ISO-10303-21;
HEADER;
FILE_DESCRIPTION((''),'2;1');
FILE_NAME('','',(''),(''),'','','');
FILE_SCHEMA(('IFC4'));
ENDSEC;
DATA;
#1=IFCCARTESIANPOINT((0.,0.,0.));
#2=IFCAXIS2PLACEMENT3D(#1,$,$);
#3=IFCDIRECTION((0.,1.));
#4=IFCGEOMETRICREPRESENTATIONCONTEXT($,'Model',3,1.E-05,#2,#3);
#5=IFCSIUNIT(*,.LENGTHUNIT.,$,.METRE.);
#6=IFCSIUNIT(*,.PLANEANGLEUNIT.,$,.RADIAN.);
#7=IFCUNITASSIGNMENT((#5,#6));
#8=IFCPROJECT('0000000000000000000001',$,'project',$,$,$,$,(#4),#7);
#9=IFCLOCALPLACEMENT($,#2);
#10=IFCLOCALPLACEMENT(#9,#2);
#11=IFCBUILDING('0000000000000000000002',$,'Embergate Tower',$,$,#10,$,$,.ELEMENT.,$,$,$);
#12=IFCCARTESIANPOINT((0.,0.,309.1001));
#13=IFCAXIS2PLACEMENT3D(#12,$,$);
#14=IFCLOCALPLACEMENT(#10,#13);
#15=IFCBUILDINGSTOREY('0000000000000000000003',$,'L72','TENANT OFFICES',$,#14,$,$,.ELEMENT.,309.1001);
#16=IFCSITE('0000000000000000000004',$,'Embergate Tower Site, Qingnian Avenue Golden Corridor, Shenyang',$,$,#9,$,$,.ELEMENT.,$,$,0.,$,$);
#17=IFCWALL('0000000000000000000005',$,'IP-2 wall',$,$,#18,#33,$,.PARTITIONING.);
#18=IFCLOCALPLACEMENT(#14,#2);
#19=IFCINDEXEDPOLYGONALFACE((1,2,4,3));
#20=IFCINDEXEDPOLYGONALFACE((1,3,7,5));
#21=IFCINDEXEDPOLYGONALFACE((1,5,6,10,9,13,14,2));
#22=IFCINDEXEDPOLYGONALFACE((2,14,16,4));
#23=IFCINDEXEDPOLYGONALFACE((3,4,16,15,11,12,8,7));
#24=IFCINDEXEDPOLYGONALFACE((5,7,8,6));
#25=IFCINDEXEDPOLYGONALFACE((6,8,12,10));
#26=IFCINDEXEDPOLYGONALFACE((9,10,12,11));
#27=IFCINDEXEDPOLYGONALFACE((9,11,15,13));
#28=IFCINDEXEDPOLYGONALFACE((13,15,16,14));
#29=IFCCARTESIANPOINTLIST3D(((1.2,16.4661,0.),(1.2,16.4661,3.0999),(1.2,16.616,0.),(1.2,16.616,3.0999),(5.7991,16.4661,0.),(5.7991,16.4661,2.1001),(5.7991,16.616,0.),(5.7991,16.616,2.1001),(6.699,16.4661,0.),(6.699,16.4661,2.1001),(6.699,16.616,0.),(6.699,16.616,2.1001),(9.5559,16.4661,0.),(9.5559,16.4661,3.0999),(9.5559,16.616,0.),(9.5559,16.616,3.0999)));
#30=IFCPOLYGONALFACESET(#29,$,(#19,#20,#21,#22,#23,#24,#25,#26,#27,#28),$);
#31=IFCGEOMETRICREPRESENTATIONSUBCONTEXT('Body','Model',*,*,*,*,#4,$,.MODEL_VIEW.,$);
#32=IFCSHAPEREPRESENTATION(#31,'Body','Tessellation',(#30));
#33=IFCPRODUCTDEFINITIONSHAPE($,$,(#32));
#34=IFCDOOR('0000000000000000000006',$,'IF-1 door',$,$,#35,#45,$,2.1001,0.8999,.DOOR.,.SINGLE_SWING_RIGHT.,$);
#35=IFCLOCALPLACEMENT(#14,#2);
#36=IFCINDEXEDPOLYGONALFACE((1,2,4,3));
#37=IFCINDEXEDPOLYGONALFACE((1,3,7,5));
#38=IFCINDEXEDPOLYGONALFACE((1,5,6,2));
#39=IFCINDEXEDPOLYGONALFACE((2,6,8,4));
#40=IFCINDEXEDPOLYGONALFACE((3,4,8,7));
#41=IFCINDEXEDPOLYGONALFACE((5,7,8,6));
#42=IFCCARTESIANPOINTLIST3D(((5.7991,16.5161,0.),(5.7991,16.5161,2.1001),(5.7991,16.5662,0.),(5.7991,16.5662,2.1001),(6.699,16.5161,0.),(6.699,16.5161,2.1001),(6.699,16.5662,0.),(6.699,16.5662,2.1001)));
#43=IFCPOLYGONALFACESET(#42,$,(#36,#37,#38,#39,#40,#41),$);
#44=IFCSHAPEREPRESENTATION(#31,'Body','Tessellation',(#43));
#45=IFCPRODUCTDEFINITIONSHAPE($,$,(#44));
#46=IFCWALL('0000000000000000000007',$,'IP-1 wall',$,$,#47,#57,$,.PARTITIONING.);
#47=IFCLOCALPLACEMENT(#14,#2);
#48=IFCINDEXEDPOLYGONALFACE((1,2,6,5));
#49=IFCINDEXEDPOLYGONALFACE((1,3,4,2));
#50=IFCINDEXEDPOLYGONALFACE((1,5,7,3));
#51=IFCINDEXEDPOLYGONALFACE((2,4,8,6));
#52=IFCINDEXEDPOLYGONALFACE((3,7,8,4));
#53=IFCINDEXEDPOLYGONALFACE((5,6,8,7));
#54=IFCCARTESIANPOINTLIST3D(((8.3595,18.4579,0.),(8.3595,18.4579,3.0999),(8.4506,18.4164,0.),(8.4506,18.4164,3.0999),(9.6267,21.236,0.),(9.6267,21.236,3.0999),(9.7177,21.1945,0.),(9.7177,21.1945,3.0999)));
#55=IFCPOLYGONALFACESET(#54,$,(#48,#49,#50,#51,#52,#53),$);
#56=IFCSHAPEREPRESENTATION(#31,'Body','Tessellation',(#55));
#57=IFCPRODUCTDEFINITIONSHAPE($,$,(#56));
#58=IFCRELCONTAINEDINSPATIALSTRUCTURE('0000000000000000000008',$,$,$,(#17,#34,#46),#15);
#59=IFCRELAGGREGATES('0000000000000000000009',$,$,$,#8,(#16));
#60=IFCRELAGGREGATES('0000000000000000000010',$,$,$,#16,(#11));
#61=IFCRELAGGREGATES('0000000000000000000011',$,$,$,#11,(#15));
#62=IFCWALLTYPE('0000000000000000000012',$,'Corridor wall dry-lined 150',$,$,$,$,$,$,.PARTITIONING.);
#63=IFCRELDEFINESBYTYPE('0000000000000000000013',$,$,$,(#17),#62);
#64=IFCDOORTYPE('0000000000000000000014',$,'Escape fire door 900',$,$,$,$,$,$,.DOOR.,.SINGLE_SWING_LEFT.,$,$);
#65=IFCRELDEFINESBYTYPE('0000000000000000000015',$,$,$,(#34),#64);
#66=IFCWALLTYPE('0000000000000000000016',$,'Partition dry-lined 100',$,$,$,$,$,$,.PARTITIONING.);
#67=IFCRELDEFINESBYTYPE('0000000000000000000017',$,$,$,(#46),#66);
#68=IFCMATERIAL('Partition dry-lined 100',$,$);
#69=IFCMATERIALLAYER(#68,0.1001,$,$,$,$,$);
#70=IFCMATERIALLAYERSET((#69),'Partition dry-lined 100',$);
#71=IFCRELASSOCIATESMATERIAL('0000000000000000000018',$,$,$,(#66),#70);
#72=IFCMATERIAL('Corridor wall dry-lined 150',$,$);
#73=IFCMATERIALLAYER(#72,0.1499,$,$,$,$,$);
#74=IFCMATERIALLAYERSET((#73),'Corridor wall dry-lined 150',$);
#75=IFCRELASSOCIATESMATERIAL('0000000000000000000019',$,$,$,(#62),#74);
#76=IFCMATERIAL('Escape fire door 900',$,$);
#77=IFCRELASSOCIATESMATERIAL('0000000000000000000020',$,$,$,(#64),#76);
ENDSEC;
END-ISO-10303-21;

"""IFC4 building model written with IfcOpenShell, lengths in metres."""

from ifc_helpers import new_model, si_unit, direction, frame, frame_2d, origin, place, context, subcontext, project, spatial, rectangle, extrude, source, transform, mapped, material, layer, layer_set, type_object, element, fill, save


model = new_model("IFC4")

# Units and contexts
model_context = context("Model", 3, precision=1e-05, world=origin(), true_north=direction((0.0, 1.0)))
body_context = subcontext(model_context, "Body", "Model", "MODEL_VIEW")
ifc_project = project(units=[si_unit("LENGTHUNIT", "METRE"), si_unit("PLANEANGLEUNIT", "RADIAN")], contexts=[model_context])

# Site, building, storey
site_placement = place(None, origin())
site = spatial("IfcSite", under=ifc_project, at=site_placement, Name="Embergate Tower Site, Qingnian Avenue Golden Corridor, Shenyang", CompositionType="ELEMENT", RefElevation=0.0)
building_placement = place(site_placement, origin())
building = spatial("IfcBuilding", under=site, at=building_placement, Name="Embergate Tower", CompositionType="ELEMENT")
storey_placement = place(building_placement, frame((0.0, 0.0, 309.1001)))
storey = spatial("IfcBuildingStorey", under=building, at=storey_placement, Name="L72", Description="TENANT OFFICES", CompositionType="ELEMENT", Elevation=309.1001)

# Shared definitions
ifc_material_1 = material(Name="Partition dry-lined 100")
ifc_layer_1 = layer(ifc_material_1, 0.1001)
ifc_layer_set_1 = layer_set([ifc_layer_1], Name="Partition dry-lined 100")
wall_type_1 = type_object("IfcWallType", Name="Partition dry-lined 100", PredefinedType="PARTITIONING", material=ifc_layer_set_1)

# Shared definitions
ifc_material_2 = material(Name="Corridor wall dry-lined 150")
ifc_layer_2 = layer(ifc_material_2, 0.1499)
ifc_layer_set_2 = layer_set([ifc_layer_2], Name="Corridor wall dry-lined 150")
wall_type_2 = type_object("IfcWallType", Name="Corridor wall dry-lined 150", PredefinedType="PARTITIONING", material=ifc_layer_set_2)
shared_shape_1 = source(origin(), body_context, "Body", "SweptSolid", [
    extrude(rectangle(XDim=0.8999, YDim=2.1001, at=frame_2d((0.45, 1.05))), frame((0.0, 0.085, 0.0), z_axis=(0.0, -1.0, 0.0), x_axis=(1.0, 0.0, 0.0)), (0.0, 0.0, 1.0), 0.1699),
])
ifc_material_3 = material(Name="Escape fire door 900")
door_type_1 = type_object("IfcDoorType", Name="Escape fire door 900", OperationType="SINGLE_SWING_LEFT", PredefinedType="DOOR", material=ifc_material_3)
shared_shape_2 = source(origin(), body_context, "Body", "SweptSolid", [
    extrude(rectangle(XDim=0.8999, YDim=2.1001, at=frame_2d((0.45, 1.05))), frame((0.0, 0.0249, 0.0), z_axis=(0.0, -1.0, 0.0), x_axis=(1.0, 0.0, 0.0)), (0.0, 0.0, 1.0), 0.05),
])

# Wall, opening, door
shared_shape_3 = source(origin(), body_context, "Body", "SweptSolid", [
    extrude(rectangle(XDim=8.356, YDim=0.1499, at=frame_2d((4.178, 0.0))), origin(), (0.0, 0.0, 1.0), 3.0999),
])
wall_1_placement = place(storey_placement, frame((9.5559, 16.541, 0.0), z_axis=(0.0, 0.0, 1.0), x_axis=(-1.0, 0.0, 0.0)))
wall_1 = element("IfcWall", 1, at=wall_1_placement, inside=storey, type_object=wall_type_2, Name="IP-2 wall", PredefinedType="PARTITIONING", context=body_context, shape_type="MappedRepresentation", body=[
    mapped(shared_shape_3, transform((0.0, 0.0, 0.0))),
])
opening_1_placement = place(wall_1_placement, frame((2.8569, 0.0, 0.0)))
opening_1 = element("IfcOpeningElement", 2, at=opening_1_placement, cuts=wall_1, PredefinedType="OPENING", context=body_context, shape_type="MappedRepresentation", body=[
    mapped(shared_shape_1, transform((0.0, 0.0, 0.0))),
])
door_1_placement = place(opening_1_placement, origin())
door_1 = element("IfcDoor", 3, at=door_1_placement, inside=storey, type_object=door_type_1, Name="IF-1 door", OperationType="SINGLE_SWING_RIGHT", OverallHeight=2.1001, OverallWidth=0.8999, PredefinedType="DOOR", context=body_context, shape_type="MappedRepresentation", body=[
    mapped(shared_shape_2, transform((0.0, 0.0, 0.0))),
])
fill(opening_1, door_1)

# Wall
shared_shape_4 = source(origin(), body_context, "Body", "SweptSolid", [
    extrude(rectangle(XDim=3.0535, YDim=0.1001, at=frame_2d((1.5269, 0.0))), origin(), (0.0, 0.0, 1.0), 3.0999),
])
wall_2_placement = place(storey_placement, frame((8.405, 18.437, 0.0), z_axis=(0.0, 0.0, 1.0), x_axis=(0.414977, 0.909832, 0.0)))
element("IfcWall", 4, at=wall_2_placement, inside=storey, type_object=wall_type_1, Name="IP-1 wall", PredefinedType="PARTITIONING", context=body_context, shape_type="MappedRepresentation", body=[
    mapped(shared_shape_4, transform((0.0, 0.0, 0.0))),
])

save(model, "model.ifc")
